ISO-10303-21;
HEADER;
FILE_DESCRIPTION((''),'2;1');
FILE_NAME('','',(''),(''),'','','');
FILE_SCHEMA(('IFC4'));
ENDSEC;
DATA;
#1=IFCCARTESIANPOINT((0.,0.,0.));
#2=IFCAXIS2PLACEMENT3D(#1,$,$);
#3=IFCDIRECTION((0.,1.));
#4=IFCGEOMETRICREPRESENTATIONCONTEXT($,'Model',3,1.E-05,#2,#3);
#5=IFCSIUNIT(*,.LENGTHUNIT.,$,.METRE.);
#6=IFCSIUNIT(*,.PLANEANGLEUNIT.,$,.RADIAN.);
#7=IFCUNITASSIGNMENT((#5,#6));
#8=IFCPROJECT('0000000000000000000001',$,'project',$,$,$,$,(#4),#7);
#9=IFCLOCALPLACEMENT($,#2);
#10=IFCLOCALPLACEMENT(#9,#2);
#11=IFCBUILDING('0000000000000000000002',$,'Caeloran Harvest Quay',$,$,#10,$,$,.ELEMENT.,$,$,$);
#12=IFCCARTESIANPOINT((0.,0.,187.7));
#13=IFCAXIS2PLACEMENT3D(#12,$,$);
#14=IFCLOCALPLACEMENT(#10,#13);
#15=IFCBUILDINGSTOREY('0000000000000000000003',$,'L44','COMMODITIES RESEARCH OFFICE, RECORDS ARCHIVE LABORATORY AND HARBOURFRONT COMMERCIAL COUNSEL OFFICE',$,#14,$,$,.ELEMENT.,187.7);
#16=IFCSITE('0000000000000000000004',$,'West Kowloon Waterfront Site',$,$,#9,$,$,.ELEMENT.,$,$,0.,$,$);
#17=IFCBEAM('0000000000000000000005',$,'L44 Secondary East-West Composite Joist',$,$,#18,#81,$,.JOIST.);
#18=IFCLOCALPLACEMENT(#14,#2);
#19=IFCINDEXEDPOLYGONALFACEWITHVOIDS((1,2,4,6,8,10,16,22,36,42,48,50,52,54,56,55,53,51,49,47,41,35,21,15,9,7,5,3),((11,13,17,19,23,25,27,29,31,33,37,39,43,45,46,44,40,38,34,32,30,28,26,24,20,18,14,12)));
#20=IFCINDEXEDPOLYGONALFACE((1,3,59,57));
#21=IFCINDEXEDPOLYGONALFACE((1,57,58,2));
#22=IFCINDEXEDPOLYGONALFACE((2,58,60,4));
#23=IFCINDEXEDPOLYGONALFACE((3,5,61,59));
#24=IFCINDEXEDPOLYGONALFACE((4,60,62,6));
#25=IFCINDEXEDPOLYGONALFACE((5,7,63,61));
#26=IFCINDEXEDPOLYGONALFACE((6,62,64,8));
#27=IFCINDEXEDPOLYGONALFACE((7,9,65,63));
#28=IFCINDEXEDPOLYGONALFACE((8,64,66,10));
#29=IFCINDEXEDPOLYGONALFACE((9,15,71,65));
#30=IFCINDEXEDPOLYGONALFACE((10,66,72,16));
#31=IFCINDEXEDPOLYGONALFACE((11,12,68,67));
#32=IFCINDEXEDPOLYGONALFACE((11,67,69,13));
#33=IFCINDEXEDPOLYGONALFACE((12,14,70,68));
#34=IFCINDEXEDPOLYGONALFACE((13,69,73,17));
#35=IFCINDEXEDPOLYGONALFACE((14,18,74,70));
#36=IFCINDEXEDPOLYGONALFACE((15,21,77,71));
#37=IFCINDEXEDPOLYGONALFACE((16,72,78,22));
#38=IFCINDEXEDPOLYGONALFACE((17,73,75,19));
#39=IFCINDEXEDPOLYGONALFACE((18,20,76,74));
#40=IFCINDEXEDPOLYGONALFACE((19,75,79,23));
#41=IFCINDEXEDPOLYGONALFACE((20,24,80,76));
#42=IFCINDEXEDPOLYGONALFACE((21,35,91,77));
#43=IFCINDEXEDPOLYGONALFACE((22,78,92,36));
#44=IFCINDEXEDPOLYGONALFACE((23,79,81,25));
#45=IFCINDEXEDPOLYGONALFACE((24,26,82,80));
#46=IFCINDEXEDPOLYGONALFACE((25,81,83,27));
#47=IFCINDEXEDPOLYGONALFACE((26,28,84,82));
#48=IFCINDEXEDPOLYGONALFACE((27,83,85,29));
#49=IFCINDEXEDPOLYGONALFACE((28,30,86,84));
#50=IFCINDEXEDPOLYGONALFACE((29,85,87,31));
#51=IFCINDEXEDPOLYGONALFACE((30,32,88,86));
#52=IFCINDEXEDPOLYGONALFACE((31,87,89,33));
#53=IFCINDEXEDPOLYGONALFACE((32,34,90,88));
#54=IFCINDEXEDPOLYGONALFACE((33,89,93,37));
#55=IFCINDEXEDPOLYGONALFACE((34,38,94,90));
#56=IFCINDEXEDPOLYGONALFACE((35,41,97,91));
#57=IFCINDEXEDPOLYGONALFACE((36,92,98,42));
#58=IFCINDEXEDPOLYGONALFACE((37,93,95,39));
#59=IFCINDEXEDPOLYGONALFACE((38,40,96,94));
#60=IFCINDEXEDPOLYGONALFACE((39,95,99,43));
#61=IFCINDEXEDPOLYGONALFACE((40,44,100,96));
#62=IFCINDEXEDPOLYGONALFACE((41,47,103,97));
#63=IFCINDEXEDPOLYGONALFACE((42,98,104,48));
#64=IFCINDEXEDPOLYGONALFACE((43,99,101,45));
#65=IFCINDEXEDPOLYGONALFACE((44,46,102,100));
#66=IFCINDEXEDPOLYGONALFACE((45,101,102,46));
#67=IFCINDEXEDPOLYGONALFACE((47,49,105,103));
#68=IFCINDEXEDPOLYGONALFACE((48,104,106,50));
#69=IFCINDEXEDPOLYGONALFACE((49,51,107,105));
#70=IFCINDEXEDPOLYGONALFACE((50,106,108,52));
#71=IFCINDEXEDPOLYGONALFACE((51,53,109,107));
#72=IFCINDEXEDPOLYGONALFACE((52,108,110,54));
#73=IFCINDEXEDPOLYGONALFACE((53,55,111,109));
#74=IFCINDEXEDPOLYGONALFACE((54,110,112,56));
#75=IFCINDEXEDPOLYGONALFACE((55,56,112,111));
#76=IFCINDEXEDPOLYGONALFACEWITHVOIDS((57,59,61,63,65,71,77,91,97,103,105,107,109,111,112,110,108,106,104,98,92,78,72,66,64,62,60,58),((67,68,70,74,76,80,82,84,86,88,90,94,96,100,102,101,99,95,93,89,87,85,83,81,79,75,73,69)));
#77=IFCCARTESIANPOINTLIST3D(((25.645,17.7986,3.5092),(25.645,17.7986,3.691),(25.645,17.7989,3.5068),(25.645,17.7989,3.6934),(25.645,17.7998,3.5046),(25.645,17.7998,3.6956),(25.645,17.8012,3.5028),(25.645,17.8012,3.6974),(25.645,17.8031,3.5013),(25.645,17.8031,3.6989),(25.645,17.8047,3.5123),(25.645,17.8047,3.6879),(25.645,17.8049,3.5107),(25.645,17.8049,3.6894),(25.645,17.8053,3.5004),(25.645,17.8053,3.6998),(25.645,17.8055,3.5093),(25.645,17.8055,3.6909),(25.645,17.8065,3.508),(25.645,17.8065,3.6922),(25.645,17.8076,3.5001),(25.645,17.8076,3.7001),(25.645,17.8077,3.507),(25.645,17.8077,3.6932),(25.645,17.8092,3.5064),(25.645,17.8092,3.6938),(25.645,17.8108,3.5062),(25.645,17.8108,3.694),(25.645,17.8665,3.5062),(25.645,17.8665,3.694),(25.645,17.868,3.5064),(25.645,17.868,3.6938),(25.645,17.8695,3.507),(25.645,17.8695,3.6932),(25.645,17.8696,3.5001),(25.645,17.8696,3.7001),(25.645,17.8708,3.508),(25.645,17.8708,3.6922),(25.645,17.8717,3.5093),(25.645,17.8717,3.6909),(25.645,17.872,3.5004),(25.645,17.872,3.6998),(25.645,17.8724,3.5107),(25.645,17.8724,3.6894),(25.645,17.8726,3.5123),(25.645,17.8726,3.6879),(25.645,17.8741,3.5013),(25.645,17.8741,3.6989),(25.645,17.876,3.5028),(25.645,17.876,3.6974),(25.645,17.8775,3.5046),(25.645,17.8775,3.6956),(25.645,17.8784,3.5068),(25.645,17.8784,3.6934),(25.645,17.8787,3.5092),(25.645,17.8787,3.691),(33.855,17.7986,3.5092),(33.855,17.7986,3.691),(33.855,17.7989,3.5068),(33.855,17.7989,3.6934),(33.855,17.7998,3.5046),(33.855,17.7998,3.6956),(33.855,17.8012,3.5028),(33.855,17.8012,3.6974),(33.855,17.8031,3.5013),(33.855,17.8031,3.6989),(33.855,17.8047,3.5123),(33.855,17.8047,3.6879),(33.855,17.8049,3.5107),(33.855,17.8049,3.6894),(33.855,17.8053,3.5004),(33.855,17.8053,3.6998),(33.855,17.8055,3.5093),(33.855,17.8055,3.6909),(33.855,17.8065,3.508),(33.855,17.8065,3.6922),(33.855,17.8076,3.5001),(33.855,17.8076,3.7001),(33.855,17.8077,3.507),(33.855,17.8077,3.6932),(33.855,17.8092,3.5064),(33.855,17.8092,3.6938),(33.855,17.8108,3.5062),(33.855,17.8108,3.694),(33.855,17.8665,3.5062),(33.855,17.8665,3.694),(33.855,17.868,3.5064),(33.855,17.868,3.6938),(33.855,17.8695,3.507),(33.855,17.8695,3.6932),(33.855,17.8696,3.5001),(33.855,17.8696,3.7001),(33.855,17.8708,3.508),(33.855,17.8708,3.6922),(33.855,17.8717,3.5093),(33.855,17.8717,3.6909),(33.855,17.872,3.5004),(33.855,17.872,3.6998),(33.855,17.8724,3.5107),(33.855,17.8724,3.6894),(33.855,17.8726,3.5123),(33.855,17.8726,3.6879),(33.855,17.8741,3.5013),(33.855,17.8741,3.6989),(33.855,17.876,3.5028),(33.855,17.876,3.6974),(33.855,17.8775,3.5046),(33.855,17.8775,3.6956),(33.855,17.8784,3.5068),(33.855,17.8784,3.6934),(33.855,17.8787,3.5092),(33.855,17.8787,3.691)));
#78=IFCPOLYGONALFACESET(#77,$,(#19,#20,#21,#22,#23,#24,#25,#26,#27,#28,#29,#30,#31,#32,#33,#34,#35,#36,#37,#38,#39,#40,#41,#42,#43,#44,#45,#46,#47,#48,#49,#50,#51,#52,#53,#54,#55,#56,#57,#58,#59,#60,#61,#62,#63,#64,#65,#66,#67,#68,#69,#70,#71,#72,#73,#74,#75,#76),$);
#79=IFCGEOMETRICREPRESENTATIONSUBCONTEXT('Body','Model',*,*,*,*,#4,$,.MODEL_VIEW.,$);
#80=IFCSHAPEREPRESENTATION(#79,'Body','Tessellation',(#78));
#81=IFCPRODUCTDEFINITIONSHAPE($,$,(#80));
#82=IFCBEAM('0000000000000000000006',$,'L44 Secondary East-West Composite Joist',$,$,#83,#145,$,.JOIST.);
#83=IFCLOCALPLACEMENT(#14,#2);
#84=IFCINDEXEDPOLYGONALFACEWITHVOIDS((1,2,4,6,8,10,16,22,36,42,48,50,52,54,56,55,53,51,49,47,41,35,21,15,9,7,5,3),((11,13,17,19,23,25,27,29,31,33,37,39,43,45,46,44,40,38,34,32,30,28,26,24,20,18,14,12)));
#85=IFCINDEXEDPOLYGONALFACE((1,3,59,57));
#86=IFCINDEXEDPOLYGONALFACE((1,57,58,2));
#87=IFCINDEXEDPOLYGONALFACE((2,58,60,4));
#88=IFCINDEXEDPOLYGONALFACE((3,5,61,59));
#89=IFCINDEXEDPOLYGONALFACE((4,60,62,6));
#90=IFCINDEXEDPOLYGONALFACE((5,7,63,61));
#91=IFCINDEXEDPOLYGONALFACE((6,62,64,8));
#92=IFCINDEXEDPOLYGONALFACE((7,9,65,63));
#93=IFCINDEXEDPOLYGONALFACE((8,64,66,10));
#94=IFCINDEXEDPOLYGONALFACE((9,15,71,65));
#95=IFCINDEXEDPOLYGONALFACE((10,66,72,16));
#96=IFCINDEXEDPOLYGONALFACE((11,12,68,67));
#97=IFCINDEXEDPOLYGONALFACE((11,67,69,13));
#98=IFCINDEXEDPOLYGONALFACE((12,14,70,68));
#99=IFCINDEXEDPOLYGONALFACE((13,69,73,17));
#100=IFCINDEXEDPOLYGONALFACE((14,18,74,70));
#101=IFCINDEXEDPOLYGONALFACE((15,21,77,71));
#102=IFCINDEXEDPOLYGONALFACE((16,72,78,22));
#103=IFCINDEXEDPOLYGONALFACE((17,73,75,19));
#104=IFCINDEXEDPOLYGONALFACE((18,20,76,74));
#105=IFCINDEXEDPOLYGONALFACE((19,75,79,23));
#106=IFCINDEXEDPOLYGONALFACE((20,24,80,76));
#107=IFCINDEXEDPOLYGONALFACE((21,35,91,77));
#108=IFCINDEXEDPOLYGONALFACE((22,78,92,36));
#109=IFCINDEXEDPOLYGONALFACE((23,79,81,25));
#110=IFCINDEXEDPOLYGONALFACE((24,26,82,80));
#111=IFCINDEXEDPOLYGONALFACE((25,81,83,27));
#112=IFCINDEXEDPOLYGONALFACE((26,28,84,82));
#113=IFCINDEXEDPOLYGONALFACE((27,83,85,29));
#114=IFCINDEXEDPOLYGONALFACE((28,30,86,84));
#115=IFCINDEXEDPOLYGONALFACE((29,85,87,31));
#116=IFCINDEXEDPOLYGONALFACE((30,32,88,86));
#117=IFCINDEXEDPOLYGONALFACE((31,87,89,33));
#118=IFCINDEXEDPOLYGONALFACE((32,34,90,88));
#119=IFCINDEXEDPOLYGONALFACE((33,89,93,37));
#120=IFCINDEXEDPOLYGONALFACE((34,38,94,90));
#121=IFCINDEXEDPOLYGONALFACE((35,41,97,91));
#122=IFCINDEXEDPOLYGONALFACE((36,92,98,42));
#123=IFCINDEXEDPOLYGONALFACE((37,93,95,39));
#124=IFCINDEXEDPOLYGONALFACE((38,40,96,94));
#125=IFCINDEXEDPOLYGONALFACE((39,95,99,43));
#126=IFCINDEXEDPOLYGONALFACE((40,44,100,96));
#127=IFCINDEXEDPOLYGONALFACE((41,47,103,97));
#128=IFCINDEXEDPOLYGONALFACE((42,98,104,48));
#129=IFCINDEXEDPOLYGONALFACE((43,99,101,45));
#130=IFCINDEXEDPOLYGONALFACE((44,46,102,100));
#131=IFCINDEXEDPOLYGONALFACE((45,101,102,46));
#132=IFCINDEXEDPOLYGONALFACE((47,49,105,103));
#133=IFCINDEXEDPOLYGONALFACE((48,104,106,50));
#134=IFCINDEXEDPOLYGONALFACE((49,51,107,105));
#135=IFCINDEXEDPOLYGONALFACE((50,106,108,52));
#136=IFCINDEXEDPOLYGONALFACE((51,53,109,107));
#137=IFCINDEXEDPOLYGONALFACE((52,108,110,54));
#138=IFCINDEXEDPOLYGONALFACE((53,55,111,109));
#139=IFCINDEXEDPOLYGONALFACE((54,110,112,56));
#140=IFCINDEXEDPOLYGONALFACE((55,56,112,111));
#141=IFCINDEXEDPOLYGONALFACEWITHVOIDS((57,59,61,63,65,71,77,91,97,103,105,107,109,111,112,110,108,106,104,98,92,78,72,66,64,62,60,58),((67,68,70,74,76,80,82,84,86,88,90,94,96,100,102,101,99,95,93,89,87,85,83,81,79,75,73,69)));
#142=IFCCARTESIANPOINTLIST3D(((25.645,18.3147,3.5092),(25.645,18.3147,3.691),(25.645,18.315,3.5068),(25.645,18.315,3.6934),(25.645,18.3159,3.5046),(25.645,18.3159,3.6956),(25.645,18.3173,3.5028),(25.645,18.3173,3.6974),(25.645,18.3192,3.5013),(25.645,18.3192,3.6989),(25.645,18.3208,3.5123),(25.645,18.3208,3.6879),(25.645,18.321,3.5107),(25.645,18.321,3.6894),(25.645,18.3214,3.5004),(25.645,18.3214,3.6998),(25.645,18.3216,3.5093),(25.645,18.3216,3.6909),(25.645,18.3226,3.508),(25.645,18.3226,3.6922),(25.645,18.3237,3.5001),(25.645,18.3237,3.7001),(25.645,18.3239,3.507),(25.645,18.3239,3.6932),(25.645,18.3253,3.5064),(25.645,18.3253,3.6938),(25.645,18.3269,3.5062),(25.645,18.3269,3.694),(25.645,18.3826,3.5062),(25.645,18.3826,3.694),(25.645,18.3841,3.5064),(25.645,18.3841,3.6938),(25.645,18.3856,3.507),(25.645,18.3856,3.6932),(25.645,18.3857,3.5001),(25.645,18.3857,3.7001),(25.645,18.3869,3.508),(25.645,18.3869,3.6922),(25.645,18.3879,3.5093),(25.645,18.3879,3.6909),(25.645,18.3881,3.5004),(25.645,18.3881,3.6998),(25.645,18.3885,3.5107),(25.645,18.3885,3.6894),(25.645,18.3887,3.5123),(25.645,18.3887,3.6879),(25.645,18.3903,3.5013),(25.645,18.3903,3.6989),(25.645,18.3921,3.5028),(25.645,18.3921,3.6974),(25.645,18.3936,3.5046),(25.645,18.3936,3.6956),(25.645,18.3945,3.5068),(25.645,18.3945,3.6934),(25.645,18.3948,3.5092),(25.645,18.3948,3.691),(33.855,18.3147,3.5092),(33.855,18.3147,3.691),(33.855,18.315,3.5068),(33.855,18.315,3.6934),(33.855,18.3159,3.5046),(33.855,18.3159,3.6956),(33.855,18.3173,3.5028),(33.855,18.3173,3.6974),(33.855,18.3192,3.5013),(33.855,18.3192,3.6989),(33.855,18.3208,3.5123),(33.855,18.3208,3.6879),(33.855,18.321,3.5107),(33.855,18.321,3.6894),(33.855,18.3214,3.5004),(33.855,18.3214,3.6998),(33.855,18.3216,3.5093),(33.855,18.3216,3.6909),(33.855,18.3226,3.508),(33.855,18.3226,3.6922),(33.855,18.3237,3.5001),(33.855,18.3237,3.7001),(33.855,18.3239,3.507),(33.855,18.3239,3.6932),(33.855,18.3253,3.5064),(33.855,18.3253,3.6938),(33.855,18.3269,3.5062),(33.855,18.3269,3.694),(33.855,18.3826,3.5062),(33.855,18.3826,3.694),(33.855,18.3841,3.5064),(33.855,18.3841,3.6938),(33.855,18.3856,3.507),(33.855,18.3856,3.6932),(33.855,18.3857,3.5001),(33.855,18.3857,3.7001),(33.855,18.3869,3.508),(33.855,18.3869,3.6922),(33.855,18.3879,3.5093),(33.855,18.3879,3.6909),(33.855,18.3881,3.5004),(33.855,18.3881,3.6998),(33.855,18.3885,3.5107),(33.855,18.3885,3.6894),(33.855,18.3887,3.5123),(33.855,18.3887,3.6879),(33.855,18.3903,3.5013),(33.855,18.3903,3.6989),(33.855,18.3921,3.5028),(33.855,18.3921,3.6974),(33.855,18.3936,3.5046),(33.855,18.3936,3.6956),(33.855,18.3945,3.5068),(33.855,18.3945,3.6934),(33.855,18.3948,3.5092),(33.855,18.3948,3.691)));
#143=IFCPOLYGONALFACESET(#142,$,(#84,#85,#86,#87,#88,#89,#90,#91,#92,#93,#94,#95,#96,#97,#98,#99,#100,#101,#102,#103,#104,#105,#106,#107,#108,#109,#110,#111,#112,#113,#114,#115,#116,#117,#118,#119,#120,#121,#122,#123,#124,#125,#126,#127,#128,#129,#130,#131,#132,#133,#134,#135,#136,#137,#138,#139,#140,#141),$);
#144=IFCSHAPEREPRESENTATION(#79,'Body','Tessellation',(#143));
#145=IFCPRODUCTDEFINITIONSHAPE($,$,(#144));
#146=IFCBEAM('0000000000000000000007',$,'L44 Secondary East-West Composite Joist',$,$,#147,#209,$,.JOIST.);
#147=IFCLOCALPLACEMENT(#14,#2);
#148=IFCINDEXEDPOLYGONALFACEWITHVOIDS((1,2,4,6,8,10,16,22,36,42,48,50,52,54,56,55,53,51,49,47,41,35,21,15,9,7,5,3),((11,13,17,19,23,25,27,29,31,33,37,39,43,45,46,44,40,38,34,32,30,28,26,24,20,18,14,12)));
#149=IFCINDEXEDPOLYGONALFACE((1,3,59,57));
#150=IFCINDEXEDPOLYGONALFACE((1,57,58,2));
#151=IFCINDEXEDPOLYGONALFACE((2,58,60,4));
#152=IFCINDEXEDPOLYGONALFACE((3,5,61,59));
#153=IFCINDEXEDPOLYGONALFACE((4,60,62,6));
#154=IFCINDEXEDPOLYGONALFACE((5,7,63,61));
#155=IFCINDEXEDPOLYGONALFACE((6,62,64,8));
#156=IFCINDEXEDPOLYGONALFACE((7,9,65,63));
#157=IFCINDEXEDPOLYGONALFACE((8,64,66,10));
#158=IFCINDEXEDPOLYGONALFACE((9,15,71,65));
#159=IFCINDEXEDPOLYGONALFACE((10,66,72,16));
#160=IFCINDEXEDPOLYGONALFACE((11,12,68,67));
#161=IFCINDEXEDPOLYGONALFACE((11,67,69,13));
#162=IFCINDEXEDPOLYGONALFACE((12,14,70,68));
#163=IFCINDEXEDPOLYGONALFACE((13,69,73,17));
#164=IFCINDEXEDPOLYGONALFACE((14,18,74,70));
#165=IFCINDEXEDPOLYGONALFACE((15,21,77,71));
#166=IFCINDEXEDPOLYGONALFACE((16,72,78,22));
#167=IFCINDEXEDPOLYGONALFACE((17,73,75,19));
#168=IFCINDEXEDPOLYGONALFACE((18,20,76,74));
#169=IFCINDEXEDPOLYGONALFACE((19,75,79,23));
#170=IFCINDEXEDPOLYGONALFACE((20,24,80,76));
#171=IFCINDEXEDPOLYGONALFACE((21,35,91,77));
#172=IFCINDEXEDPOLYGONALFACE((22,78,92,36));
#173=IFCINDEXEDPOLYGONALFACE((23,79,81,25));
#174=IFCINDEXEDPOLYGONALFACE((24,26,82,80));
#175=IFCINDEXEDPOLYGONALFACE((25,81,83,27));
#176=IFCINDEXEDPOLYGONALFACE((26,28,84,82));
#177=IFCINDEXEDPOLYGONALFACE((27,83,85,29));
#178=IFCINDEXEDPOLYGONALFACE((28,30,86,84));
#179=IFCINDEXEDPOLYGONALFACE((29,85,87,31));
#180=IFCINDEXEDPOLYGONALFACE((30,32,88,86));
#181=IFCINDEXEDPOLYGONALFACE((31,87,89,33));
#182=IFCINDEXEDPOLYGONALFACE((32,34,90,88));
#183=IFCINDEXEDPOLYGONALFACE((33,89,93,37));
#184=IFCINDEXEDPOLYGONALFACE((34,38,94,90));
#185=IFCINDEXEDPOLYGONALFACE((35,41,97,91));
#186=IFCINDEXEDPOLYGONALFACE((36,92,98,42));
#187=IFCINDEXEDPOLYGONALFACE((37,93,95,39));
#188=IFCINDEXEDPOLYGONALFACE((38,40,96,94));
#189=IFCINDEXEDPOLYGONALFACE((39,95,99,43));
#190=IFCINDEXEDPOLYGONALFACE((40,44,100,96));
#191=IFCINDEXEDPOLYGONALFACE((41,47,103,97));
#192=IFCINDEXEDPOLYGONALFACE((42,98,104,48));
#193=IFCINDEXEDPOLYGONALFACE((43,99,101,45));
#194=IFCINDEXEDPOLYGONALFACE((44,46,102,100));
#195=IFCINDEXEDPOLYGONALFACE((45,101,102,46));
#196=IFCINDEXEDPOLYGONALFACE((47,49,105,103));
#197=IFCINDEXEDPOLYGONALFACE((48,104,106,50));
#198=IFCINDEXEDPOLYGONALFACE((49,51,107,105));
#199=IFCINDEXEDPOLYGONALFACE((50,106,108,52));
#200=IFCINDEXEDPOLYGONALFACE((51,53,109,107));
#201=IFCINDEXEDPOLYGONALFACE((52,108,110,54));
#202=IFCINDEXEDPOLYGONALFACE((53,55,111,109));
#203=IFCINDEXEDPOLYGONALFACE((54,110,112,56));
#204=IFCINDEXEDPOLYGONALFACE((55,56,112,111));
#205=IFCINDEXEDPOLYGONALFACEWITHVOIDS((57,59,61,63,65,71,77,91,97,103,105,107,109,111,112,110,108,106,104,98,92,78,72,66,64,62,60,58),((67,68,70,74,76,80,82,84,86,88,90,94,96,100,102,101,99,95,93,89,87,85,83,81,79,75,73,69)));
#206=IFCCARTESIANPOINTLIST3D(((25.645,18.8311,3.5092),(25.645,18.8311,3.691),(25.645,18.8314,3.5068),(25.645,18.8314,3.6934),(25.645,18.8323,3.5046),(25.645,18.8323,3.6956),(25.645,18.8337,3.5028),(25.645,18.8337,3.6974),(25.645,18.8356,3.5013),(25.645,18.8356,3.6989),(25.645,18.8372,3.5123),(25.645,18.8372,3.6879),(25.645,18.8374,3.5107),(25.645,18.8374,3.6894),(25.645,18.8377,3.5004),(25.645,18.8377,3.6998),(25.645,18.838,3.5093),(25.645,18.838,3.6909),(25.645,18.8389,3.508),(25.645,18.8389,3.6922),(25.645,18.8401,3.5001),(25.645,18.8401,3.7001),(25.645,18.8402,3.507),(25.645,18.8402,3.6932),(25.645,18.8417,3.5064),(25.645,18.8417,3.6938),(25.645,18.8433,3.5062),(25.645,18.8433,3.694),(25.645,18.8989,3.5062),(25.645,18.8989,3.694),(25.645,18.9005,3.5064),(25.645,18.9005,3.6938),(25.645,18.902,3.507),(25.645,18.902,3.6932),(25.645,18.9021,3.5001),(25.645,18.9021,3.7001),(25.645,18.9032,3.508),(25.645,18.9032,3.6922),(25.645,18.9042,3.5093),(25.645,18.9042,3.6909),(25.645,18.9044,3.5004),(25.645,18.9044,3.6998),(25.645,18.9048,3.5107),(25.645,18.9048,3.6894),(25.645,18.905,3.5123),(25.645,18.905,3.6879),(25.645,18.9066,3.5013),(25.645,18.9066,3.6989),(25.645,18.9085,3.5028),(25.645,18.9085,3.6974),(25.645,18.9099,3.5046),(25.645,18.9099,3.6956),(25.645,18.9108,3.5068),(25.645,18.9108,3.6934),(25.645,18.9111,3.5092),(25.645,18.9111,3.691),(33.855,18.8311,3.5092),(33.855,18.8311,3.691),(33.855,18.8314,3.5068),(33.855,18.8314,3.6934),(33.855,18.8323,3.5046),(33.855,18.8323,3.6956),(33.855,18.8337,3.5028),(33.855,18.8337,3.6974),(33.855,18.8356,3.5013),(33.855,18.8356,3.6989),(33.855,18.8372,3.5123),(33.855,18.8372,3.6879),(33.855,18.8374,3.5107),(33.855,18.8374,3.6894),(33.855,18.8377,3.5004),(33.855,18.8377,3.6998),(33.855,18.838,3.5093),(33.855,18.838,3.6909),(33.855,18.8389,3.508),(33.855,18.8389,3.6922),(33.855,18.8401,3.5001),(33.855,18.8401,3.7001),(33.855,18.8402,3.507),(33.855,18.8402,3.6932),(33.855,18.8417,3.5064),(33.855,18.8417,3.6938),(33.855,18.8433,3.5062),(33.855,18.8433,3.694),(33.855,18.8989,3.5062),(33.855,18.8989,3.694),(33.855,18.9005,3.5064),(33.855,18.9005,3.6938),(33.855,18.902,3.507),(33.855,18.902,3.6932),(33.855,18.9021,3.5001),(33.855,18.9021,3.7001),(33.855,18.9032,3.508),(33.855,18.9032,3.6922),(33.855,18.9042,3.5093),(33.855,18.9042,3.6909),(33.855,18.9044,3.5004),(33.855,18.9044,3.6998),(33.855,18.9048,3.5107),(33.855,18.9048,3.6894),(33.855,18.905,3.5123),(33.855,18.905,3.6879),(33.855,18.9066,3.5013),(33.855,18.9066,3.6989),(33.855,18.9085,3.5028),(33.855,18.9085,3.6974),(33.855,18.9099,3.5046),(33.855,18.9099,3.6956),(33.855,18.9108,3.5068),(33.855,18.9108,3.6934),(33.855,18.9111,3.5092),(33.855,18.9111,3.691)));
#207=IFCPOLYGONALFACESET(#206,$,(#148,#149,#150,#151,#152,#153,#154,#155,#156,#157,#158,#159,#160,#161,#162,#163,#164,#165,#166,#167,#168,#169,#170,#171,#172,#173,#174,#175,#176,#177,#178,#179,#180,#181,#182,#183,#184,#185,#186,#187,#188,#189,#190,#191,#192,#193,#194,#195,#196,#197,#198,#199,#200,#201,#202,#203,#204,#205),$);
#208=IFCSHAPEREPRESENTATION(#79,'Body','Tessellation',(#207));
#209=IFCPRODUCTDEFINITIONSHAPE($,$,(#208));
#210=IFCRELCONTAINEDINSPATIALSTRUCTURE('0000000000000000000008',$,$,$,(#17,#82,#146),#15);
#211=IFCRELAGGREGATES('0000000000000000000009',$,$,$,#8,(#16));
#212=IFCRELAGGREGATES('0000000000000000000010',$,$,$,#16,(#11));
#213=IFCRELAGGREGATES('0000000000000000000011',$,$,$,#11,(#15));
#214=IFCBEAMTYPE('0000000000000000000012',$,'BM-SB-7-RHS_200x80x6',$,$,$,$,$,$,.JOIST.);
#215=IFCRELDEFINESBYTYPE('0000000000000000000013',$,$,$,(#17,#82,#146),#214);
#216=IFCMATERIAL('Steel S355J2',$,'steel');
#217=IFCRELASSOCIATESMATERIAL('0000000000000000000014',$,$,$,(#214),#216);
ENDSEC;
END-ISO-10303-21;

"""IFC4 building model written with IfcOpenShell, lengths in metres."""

from ifc_helpers import new_model, si_unit, direction, frame, origin, origin_2d, place, context, subcontext, project, spatial, hollow_rectangle, extrude, material, material_profile, profile_set, type_object, element, save


model = new_model("IFC4")

# Units and contexts
model_context = context("Model", 3, precision=1e-05, world=origin(), true_north=direction((0.0, 1.0)))
body_context = subcontext(model_context, "Body", "Model", "MODEL_VIEW")
ifc_project = project(units=[si_unit("LENGTHUNIT", "METRE"), si_unit("PLANEANGLEUNIT", "RADIAN")], contexts=[model_context])

# Site, building, storey
site_placement = place(None, origin())
site = spatial("IfcSite", under=ifc_project, at=site_placement, Name="West Kowloon Waterfront Site", CompositionType="ELEMENT", RefElevation=0.0)
building_placement = place(site_placement, origin())
building = spatial("IfcBuilding", under=site, at=building_placement, Name="Caeloran Harvest Quay", CompositionType="ELEMENT")
storey_placement = place(building_placement, frame((0.0, 0.0, 187.7)))
storey = spatial("IfcBuildingStorey", under=building, at=storey_placement, Name="L44", Description="COMMODITIES RESEARCH OFFICE, RECORDS ARCHIVE LABORATORY AND HARBOURFRONT COMMERCIAL COUNSEL OFFICE", CompositionType="ELEMENT", Elevation=187.7)

# Beams
ifc_material_1 = material(Name="Steel S355J2", Category="steel")
ifc_material_profile_1 = material_profile(ifc_material_1, hollow_rectangle(XDim=0.0801, YDim=0.2, WallThickness=0.0061, InnerFilletRadius=0.0061, OuterFilletRadius=0.009, at=origin_2d()), Name="RHS 200x80x6")
ifc_profile_set_1 = profile_set([ifc_material_profile_1], Name="Steel S355J2")
beam_type_1 = type_object("IfcBeamType", Name="BM-SB-7-RHS_200x80x6", PredefinedType="JOIST", material=ifc_profile_set_1)
for number, where, z_axis, x_axis, name in (
    (1, (25.645, 17.8386, 3.6001), (1.0, 0.0, 0.0), (0.0, 1.0, 0.0), "L44 Secondary East-West Composite Joist"),
    (2, (25.645, 18.3547, 3.6001), (1.0, 0.0, 0.0), (0.0, 1.0, 0.0), "L44 Secondary East-West Composite Joist"),
    (3, (25.645, 18.8711, 3.6001), (1.0, 0.0, 0.0), (0.0, 1.0, 0.0), "L44 Secondary East-West Composite Joist"),
):
    element("IfcBeam", number, at=place(storey_placement, frame(where, z_axis=z_axis, x_axis=x_axis)), inside=storey, type_object=beam_type_1, Name=name, PredefinedType="JOIST", context=body_context, shape_type="SweptSolid", body=[
        extrude(hollow_rectangle(XDim=0.0801, YDim=0.2, WallThickness=0.0061, InnerFilletRadius=0.0061, OuterFilletRadius=0.009, at=origin_2d()), origin(), (0.0, 0.0, 1.0), 8.21),
    ])

save(model, "model.ifc")
